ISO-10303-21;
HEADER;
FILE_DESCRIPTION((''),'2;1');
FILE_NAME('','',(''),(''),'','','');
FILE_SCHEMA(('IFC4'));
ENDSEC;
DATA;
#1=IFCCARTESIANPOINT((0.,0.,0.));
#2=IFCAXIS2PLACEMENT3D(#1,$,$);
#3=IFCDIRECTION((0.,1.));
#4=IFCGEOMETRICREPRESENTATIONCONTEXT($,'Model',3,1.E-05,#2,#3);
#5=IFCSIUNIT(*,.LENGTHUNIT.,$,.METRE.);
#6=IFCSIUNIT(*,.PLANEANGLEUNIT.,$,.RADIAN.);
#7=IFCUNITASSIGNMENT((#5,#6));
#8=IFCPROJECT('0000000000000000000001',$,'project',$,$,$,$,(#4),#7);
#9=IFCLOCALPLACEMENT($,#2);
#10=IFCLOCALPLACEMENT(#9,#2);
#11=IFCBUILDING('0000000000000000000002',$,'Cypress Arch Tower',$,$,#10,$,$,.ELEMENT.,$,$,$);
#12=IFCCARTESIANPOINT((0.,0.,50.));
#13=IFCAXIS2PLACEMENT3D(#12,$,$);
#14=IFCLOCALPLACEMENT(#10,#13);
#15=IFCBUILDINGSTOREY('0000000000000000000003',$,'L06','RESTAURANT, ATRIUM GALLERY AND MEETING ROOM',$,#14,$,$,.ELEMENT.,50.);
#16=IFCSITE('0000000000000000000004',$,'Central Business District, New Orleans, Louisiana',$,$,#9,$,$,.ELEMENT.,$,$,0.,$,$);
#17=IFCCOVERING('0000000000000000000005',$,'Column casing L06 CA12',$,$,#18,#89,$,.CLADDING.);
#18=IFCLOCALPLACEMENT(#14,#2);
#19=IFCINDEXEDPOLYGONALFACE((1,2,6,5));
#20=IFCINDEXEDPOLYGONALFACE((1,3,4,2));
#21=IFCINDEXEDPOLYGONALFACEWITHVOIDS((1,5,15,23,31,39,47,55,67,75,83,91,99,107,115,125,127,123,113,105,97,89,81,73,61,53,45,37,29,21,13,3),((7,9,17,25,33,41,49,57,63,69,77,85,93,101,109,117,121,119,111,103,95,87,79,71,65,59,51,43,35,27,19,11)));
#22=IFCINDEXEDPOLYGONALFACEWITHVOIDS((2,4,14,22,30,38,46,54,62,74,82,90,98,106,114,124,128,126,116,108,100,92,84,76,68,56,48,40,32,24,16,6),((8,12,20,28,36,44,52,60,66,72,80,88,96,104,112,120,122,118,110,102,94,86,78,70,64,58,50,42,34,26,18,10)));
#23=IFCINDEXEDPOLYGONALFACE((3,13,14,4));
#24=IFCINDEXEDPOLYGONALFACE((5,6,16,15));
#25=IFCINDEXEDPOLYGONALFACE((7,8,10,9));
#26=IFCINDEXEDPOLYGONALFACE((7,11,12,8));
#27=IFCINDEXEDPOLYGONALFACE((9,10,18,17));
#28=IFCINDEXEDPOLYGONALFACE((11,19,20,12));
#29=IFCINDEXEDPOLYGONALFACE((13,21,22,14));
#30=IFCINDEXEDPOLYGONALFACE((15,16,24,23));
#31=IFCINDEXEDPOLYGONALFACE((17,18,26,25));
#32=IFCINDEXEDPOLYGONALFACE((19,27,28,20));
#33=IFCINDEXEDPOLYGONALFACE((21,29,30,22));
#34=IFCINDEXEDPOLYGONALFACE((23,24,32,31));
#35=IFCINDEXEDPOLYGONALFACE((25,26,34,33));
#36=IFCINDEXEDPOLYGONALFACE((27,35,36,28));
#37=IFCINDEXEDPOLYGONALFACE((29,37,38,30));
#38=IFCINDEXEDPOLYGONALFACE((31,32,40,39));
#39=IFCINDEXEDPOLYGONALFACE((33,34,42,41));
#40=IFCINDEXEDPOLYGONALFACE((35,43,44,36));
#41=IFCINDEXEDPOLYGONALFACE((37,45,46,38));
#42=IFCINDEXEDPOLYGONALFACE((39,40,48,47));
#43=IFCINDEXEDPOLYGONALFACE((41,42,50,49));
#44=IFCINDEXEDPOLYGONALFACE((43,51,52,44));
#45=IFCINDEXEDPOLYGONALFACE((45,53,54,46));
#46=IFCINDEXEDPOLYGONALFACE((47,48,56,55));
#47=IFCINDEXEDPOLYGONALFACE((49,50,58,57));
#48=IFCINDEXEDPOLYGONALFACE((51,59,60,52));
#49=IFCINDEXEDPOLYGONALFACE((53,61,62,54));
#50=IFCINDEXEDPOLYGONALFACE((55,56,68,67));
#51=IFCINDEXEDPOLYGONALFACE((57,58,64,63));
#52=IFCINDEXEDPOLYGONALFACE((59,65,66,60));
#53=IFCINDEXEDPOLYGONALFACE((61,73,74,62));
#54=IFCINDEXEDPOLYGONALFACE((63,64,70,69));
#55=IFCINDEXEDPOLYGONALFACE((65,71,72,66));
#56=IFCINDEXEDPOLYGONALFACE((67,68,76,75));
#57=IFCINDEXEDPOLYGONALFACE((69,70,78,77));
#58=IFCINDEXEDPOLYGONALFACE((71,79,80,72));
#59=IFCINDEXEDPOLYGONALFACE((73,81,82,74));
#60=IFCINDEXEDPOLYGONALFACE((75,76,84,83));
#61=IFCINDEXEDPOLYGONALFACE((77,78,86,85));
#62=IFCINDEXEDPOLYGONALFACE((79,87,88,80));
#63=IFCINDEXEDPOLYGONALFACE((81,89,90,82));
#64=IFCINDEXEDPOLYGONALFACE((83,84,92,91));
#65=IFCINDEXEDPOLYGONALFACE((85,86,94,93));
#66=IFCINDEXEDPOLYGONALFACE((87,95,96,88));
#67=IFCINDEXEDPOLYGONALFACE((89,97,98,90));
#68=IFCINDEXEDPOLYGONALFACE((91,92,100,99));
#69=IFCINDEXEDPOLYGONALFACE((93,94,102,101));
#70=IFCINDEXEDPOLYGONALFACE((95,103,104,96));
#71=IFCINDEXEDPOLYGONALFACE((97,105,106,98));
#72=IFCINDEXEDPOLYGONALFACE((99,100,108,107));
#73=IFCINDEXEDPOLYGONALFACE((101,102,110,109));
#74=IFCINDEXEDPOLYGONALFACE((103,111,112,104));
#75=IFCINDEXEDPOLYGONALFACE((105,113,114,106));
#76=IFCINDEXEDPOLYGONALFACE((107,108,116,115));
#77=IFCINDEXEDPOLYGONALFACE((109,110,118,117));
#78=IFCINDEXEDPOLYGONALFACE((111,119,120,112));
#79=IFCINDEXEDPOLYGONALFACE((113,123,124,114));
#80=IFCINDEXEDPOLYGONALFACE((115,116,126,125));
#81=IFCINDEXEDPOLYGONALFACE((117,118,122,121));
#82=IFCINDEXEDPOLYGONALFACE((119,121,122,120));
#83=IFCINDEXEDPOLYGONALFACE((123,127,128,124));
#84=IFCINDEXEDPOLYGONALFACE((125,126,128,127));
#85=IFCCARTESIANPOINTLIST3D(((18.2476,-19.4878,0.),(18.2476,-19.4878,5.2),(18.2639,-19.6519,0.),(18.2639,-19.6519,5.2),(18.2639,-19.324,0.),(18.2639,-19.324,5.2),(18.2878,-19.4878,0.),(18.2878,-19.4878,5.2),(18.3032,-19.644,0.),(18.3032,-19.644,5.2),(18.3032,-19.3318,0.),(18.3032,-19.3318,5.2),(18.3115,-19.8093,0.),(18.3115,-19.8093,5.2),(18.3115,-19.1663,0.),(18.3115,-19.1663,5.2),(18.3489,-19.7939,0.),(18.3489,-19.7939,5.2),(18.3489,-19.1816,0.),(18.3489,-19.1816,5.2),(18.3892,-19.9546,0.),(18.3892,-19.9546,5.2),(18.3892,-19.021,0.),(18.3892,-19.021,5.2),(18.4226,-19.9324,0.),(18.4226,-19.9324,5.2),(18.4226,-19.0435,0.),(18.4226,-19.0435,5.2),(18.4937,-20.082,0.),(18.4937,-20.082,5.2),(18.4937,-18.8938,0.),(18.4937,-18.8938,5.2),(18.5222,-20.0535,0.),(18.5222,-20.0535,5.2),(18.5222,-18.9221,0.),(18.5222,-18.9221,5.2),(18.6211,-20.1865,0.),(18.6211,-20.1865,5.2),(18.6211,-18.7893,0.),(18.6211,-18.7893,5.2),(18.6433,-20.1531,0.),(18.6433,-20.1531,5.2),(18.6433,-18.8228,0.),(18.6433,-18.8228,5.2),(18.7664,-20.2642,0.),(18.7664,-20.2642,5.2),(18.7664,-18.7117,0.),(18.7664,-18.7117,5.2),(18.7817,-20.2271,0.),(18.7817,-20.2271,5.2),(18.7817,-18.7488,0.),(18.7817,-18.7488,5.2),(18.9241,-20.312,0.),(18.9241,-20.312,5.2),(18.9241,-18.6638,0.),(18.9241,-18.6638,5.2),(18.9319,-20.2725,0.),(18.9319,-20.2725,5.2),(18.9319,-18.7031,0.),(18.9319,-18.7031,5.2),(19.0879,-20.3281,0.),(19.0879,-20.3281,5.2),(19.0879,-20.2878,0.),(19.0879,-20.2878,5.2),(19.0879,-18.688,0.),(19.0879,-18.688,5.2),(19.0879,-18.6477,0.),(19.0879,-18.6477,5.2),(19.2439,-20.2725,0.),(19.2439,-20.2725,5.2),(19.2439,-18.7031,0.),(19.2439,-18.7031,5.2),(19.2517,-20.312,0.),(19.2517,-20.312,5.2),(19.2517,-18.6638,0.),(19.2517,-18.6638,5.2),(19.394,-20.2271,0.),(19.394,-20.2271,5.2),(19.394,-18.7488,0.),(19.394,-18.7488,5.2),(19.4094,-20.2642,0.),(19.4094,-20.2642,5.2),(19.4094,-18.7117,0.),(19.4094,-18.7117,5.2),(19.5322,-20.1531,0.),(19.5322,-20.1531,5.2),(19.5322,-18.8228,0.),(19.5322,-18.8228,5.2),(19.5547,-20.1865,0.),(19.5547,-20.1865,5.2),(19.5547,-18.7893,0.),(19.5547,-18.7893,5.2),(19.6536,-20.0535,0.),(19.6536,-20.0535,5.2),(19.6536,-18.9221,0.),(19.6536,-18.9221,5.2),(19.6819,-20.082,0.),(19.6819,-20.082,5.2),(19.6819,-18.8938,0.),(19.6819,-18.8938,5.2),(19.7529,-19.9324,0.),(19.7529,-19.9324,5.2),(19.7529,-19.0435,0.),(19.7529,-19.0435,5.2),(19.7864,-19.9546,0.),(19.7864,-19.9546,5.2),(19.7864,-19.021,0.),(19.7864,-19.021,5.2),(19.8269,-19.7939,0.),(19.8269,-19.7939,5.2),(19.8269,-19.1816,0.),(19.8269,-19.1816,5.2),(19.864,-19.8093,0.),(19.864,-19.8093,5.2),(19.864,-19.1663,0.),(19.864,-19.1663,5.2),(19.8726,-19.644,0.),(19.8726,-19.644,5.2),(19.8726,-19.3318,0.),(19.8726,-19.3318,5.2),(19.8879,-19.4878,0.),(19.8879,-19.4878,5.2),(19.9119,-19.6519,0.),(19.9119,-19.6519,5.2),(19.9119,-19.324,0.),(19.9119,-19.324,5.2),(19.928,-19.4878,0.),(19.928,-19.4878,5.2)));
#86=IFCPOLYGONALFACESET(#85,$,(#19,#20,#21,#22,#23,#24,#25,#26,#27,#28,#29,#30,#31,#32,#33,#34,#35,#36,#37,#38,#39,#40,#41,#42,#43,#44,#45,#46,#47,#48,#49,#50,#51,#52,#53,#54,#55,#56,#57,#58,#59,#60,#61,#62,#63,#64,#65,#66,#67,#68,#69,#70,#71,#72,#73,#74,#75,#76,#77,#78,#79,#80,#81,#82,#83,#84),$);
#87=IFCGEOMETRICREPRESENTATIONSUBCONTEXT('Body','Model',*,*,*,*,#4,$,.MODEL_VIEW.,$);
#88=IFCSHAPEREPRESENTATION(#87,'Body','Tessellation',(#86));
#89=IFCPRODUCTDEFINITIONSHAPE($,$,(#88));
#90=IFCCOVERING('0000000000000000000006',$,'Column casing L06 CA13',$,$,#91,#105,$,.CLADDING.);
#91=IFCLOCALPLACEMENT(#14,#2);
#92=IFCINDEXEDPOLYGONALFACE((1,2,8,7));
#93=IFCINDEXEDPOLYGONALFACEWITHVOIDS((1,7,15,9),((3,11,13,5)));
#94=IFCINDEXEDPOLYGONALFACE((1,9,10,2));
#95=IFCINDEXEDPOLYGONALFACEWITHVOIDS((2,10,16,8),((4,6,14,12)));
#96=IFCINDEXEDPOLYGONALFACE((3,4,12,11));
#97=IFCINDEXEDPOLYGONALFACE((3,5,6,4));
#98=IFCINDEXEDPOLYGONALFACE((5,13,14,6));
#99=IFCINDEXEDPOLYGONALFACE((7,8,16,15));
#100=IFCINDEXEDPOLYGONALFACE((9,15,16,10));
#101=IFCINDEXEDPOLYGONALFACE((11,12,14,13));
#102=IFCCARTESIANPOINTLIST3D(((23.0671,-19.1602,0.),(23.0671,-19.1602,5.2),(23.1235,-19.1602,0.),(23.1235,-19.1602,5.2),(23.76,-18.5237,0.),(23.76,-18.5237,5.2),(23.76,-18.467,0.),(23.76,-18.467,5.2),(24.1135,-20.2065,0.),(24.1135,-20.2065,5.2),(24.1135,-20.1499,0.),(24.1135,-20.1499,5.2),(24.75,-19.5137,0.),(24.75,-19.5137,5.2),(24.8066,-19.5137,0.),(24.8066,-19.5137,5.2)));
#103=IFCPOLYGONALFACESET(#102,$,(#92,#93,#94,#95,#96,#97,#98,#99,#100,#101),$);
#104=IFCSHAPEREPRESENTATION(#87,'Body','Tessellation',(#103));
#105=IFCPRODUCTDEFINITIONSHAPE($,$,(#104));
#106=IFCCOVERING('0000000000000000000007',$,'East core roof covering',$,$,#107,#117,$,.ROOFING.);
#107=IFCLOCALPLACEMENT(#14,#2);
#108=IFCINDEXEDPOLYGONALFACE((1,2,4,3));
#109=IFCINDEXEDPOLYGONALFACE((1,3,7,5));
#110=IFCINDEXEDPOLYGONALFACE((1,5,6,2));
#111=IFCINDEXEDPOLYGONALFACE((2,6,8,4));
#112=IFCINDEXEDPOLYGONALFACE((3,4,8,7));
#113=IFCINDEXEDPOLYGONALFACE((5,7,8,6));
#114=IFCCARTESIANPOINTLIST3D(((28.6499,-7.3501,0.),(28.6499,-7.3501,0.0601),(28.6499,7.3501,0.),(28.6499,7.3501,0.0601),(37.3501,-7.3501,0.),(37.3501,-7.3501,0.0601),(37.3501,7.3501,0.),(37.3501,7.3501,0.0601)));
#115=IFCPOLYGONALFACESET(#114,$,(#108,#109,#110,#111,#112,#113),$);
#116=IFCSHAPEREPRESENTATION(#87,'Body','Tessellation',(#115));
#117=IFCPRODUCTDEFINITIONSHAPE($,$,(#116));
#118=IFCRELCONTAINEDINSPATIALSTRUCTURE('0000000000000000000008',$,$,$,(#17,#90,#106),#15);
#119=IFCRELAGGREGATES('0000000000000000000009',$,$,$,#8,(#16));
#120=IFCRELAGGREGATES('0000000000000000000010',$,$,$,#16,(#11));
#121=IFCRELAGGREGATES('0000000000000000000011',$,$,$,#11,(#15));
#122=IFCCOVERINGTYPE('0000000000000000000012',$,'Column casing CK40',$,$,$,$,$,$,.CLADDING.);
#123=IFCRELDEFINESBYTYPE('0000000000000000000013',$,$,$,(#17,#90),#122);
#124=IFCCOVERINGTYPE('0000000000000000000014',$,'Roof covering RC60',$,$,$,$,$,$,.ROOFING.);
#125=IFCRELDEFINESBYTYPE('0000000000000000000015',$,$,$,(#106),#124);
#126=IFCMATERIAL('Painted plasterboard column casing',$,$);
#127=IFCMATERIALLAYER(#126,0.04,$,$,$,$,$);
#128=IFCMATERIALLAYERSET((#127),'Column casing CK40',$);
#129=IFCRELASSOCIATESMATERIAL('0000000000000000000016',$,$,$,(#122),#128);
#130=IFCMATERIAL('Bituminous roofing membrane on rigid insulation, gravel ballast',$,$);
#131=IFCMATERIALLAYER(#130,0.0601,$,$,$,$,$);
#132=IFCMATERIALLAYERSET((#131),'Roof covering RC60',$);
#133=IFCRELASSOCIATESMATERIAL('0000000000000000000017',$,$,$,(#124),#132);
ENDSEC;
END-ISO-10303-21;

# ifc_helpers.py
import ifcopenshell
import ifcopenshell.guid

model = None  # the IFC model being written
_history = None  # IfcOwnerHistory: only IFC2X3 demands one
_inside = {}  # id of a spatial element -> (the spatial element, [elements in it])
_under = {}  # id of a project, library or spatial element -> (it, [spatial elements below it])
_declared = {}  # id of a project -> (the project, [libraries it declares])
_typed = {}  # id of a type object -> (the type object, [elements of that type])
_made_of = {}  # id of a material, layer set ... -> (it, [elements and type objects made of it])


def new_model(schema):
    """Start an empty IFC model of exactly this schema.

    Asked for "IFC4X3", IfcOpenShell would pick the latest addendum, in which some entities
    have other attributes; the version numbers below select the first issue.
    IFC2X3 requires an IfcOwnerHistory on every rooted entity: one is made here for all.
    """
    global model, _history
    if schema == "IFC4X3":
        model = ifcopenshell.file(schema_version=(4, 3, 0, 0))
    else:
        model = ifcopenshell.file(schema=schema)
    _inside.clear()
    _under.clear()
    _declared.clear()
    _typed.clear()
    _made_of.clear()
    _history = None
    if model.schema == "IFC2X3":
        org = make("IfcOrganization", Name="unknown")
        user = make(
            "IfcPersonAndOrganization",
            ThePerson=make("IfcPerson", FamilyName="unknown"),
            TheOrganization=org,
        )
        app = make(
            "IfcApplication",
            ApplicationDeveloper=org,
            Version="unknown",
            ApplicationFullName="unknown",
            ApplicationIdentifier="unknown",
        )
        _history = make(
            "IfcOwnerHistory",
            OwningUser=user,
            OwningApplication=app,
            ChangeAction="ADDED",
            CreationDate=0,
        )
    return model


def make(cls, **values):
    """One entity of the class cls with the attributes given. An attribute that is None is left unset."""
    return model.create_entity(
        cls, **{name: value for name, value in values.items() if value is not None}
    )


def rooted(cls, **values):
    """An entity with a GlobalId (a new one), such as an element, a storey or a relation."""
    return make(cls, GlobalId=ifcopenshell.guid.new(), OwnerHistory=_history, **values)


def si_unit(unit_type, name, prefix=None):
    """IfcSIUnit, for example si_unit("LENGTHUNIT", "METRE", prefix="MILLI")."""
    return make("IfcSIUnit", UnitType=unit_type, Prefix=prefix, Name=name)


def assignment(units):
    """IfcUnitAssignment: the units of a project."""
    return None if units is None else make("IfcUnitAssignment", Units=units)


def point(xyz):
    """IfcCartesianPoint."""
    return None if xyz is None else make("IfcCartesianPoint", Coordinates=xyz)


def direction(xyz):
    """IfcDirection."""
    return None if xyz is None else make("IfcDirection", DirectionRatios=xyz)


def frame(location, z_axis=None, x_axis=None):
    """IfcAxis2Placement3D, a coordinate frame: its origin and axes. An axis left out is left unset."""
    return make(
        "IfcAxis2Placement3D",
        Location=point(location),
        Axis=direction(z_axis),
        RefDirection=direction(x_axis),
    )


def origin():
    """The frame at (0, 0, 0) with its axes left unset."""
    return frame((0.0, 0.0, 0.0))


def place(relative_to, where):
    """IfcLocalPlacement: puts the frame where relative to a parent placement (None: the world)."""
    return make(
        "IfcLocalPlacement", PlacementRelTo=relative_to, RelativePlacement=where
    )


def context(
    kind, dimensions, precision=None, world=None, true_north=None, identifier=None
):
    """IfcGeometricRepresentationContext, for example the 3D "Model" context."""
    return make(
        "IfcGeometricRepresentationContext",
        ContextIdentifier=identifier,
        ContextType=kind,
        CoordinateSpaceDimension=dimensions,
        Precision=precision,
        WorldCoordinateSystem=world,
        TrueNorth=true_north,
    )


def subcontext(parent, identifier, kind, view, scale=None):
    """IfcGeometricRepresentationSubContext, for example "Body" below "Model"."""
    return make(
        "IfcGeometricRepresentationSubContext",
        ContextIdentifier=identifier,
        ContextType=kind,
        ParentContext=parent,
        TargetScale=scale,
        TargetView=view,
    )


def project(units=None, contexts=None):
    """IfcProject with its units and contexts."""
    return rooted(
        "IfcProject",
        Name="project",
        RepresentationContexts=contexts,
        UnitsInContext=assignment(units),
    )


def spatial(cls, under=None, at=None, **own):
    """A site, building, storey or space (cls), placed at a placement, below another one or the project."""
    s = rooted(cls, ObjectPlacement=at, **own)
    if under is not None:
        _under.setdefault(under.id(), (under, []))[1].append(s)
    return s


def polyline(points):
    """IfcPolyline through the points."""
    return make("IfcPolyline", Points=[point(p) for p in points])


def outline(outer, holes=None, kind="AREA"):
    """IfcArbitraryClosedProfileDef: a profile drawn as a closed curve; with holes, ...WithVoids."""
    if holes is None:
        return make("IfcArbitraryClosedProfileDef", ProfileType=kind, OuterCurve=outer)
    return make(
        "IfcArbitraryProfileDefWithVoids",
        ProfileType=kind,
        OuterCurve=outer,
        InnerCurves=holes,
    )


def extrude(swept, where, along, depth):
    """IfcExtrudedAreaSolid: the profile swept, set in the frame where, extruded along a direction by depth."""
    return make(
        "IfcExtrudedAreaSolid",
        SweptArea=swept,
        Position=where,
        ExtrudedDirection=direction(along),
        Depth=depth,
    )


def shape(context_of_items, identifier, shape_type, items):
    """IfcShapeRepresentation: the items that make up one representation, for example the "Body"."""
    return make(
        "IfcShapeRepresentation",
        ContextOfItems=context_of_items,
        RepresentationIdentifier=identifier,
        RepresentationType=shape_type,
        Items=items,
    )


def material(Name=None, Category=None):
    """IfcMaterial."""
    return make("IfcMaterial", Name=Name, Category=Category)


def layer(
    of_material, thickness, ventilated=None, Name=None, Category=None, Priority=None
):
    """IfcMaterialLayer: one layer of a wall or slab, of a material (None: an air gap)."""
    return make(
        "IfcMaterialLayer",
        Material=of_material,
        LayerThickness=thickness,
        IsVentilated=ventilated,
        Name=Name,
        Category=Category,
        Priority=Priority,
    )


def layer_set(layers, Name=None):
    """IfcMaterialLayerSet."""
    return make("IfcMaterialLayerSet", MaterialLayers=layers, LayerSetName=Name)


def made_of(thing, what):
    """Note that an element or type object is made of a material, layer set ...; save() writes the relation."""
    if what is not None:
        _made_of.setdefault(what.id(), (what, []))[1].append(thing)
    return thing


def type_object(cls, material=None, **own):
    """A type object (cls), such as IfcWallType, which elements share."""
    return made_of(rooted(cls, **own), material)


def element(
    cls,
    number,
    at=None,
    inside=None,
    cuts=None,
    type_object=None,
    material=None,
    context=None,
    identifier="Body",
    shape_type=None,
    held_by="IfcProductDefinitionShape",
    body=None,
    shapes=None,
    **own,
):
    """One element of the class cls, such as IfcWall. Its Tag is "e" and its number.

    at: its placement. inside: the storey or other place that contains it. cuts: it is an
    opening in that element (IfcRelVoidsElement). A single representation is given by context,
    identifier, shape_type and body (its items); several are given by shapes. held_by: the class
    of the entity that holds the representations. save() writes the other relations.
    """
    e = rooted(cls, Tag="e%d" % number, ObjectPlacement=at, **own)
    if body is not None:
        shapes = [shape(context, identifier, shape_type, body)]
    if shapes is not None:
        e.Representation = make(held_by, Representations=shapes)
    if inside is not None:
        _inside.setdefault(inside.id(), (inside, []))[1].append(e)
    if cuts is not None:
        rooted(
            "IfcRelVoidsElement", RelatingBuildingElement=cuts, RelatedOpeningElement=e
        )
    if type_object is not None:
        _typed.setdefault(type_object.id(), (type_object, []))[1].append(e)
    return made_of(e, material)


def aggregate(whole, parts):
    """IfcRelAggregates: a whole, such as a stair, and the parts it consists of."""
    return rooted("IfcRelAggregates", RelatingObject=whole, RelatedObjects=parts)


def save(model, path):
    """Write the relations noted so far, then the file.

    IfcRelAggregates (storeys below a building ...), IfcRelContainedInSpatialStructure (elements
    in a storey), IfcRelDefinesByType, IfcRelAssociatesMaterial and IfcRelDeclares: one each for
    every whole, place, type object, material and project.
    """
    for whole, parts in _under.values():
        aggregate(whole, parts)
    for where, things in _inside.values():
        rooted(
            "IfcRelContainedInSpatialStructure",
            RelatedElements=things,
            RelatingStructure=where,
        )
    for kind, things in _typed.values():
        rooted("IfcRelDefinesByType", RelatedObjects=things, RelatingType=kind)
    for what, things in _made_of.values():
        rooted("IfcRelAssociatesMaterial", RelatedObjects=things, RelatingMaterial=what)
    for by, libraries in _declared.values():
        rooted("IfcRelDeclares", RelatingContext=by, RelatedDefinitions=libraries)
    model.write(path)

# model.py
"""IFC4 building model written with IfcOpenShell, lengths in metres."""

from ifc_helpers import new_model, si_unit, direction, frame, origin, place, context, subcontext, project, spatial, polyline, outline, extrude, material, layer, layer_set, type_object, element, save


model = new_model("IFC4")

# Units and contexts
model_context = context("Model", 3, precision=1e-05, world=origin(), true_north=direction((0.0, 1.0)))
body_context = subcontext(model_context, "Body", "Model", "MODEL_VIEW")
ifc_project = project(units=[si_unit("LENGTHUNIT", "METRE"), si_unit("PLANEANGLEUNIT", "RADIAN")], contexts=[model_context])

# Site, building, storey
site_placement = place(None, origin())
site = spatial("IfcSite", under=ifc_project, at=site_placement, Name="Central Business District, New Orleans, Louisiana", CompositionType="ELEMENT", RefElevation=0.0)
building_placement = place(site_placement, origin())
building = spatial("IfcBuilding", under=site, at=building_placement, Name="Cypress Arch Tower", CompositionType="ELEMENT")
storey_placement = place(building_placement, frame((0.0, 0.0, 50.0)))
storey = spatial("IfcBuildingStorey", under=building, at=storey_placement, Name="L06", Description="RESTAURANT, ATRIUM GALLERY AND MEETING ROOM", CompositionType="ELEMENT", Elevation=50.0)

# Coverings
ifc_material_1 = material(Name="Painted plasterboard column casing")
ifc_layer_1 = layer(ifc_material_1, 0.04)
ifc_layer_set_1 = layer_set([ifc_layer_1], Name="Column casing CK40")
covering_type_1 = type_object("IfcCoveringType", Name="Column casing CK40", PredefinedType="CLADDING", material=ifc_layer_set_1)
covering_1_placement = place(storey_placement, origin())
element("IfcCovering", 1, at=covering_1_placement, inside=storey, type_object=covering_type_1, Name="Column casing L06 CA12", PredefinedType="CLADDING", context=body_context, shape_type="SweptSolid", body=[
    extrude(outline(polyline([(19.928, -19.4878), (19.9119, -19.6519), (19.864, -19.8093), (19.7864, -19.9546), (19.6819, -20.082), (19.5547, -20.1865), (19.4094, -20.2642), (19.2517, -20.312), (19.0879, -20.3281), (18.9241, -20.312), (18.7664, -20.2642), (18.6211, -20.1865), (18.4937, -20.082), (18.3892, -19.9546), (18.3115, -19.8093), (18.2639, -19.6519), (18.2476, -19.4878), (18.2639, -19.324), (18.3115, -19.1663), (18.3892, -19.021), (18.4937, -18.8938), (18.6211, -18.7893), (18.7664, -18.7117), (18.9241, -18.6638), (19.0879, -18.6477), (19.2517, -18.6638), (19.4094, -18.7117), (19.5547, -18.7893), (19.6819, -18.8938), (19.7864, -19.021), (19.864, -19.1663), (19.9119, -19.324), (19.928, -19.4878)]), holes=[polyline([(19.8879, -19.4878), (19.8726, -19.644), (19.8269, -19.7939), (19.7529, -19.9324), (19.6536, -20.0535), (19.5322, -20.1531), (19.394, -20.2271), (19.2439, -20.2725), (19.0879, -20.2878), (18.9319, -20.2725), (18.7817, -20.2271), (18.6433, -20.1531), (18.5222, -20.0535), (18.4226, -19.9324), (18.3489, -19.7939), (18.3032, -19.644), (18.2878, -19.4878), (18.3032, -19.3318), (18.3489, -19.1816), (18.4226, -19.0435), (18.5222, -18.9221), (18.6433, -18.8228), (18.7817, -18.7488), (18.9319, -18.7031), (19.0879, -18.688), (19.2439, -18.7031), (19.394, -18.7488), (19.5322, -18.8228), (19.6536, -18.9221), (19.7529, -19.0435), (19.8269, -19.1816), (19.8726, -19.3318), (19.8879, -19.4878)])]), origin(), (0.0, 0.0, 1.0), 5.2),
])
covering_2_placement = place(storey_placement, origin())
element("IfcCovering", 2, at=covering_2_placement, inside=storey, type_object=covering_type_1, Name="Column casing L06 CA13", PredefinedType="CLADDING", context=body_context, shape_type="SweptSolid", body=[
    extrude(outline(polyline([(24.1135, -20.2065), (23.0671, -19.1602), (23.76, -18.467), (24.8066, -19.5137), (24.1135, -20.2065)]), holes=[polyline([(24.1135, -20.1499), (24.75, -19.5137), (23.76, -18.5237), (23.1235, -19.1602), (24.1135, -20.1499)])]), origin(), (0.0, 0.0, 1.0), 5.2),
])
ifc_material_2 = material(Name="Bituminous roofing membrane on rigid insulation, gravel ballast")
ifc_layer_2 = layer(ifc_material_2, 0.0601)
ifc_layer_set_2 = layer_set([ifc_layer_2], Name="Roof covering RC60")
covering_type_2 = type_object("IfcCoveringType", Name="Roof covering RC60", PredefinedType="ROOFING", material=ifc_layer_set_2)
covering_3_placement = place(storey_placement, origin())
element("IfcCovering", 3, at=covering_3_placement, inside=storey, type_object=covering_type_2, Name="East core roof covering", PredefinedType="ROOFING", context=body_context, shape_type="SweptSolid", body=[
    extrude(outline(polyline([(37.3501, -7.3501), (37.3501, 7.3501), (28.6499, 7.3501), (28.6499, -7.3501), (37.3501, -7.3501)])), origin(), (0.0, 0.0, 1.0), 0.0601),
])

save(model, "model.ifc")
